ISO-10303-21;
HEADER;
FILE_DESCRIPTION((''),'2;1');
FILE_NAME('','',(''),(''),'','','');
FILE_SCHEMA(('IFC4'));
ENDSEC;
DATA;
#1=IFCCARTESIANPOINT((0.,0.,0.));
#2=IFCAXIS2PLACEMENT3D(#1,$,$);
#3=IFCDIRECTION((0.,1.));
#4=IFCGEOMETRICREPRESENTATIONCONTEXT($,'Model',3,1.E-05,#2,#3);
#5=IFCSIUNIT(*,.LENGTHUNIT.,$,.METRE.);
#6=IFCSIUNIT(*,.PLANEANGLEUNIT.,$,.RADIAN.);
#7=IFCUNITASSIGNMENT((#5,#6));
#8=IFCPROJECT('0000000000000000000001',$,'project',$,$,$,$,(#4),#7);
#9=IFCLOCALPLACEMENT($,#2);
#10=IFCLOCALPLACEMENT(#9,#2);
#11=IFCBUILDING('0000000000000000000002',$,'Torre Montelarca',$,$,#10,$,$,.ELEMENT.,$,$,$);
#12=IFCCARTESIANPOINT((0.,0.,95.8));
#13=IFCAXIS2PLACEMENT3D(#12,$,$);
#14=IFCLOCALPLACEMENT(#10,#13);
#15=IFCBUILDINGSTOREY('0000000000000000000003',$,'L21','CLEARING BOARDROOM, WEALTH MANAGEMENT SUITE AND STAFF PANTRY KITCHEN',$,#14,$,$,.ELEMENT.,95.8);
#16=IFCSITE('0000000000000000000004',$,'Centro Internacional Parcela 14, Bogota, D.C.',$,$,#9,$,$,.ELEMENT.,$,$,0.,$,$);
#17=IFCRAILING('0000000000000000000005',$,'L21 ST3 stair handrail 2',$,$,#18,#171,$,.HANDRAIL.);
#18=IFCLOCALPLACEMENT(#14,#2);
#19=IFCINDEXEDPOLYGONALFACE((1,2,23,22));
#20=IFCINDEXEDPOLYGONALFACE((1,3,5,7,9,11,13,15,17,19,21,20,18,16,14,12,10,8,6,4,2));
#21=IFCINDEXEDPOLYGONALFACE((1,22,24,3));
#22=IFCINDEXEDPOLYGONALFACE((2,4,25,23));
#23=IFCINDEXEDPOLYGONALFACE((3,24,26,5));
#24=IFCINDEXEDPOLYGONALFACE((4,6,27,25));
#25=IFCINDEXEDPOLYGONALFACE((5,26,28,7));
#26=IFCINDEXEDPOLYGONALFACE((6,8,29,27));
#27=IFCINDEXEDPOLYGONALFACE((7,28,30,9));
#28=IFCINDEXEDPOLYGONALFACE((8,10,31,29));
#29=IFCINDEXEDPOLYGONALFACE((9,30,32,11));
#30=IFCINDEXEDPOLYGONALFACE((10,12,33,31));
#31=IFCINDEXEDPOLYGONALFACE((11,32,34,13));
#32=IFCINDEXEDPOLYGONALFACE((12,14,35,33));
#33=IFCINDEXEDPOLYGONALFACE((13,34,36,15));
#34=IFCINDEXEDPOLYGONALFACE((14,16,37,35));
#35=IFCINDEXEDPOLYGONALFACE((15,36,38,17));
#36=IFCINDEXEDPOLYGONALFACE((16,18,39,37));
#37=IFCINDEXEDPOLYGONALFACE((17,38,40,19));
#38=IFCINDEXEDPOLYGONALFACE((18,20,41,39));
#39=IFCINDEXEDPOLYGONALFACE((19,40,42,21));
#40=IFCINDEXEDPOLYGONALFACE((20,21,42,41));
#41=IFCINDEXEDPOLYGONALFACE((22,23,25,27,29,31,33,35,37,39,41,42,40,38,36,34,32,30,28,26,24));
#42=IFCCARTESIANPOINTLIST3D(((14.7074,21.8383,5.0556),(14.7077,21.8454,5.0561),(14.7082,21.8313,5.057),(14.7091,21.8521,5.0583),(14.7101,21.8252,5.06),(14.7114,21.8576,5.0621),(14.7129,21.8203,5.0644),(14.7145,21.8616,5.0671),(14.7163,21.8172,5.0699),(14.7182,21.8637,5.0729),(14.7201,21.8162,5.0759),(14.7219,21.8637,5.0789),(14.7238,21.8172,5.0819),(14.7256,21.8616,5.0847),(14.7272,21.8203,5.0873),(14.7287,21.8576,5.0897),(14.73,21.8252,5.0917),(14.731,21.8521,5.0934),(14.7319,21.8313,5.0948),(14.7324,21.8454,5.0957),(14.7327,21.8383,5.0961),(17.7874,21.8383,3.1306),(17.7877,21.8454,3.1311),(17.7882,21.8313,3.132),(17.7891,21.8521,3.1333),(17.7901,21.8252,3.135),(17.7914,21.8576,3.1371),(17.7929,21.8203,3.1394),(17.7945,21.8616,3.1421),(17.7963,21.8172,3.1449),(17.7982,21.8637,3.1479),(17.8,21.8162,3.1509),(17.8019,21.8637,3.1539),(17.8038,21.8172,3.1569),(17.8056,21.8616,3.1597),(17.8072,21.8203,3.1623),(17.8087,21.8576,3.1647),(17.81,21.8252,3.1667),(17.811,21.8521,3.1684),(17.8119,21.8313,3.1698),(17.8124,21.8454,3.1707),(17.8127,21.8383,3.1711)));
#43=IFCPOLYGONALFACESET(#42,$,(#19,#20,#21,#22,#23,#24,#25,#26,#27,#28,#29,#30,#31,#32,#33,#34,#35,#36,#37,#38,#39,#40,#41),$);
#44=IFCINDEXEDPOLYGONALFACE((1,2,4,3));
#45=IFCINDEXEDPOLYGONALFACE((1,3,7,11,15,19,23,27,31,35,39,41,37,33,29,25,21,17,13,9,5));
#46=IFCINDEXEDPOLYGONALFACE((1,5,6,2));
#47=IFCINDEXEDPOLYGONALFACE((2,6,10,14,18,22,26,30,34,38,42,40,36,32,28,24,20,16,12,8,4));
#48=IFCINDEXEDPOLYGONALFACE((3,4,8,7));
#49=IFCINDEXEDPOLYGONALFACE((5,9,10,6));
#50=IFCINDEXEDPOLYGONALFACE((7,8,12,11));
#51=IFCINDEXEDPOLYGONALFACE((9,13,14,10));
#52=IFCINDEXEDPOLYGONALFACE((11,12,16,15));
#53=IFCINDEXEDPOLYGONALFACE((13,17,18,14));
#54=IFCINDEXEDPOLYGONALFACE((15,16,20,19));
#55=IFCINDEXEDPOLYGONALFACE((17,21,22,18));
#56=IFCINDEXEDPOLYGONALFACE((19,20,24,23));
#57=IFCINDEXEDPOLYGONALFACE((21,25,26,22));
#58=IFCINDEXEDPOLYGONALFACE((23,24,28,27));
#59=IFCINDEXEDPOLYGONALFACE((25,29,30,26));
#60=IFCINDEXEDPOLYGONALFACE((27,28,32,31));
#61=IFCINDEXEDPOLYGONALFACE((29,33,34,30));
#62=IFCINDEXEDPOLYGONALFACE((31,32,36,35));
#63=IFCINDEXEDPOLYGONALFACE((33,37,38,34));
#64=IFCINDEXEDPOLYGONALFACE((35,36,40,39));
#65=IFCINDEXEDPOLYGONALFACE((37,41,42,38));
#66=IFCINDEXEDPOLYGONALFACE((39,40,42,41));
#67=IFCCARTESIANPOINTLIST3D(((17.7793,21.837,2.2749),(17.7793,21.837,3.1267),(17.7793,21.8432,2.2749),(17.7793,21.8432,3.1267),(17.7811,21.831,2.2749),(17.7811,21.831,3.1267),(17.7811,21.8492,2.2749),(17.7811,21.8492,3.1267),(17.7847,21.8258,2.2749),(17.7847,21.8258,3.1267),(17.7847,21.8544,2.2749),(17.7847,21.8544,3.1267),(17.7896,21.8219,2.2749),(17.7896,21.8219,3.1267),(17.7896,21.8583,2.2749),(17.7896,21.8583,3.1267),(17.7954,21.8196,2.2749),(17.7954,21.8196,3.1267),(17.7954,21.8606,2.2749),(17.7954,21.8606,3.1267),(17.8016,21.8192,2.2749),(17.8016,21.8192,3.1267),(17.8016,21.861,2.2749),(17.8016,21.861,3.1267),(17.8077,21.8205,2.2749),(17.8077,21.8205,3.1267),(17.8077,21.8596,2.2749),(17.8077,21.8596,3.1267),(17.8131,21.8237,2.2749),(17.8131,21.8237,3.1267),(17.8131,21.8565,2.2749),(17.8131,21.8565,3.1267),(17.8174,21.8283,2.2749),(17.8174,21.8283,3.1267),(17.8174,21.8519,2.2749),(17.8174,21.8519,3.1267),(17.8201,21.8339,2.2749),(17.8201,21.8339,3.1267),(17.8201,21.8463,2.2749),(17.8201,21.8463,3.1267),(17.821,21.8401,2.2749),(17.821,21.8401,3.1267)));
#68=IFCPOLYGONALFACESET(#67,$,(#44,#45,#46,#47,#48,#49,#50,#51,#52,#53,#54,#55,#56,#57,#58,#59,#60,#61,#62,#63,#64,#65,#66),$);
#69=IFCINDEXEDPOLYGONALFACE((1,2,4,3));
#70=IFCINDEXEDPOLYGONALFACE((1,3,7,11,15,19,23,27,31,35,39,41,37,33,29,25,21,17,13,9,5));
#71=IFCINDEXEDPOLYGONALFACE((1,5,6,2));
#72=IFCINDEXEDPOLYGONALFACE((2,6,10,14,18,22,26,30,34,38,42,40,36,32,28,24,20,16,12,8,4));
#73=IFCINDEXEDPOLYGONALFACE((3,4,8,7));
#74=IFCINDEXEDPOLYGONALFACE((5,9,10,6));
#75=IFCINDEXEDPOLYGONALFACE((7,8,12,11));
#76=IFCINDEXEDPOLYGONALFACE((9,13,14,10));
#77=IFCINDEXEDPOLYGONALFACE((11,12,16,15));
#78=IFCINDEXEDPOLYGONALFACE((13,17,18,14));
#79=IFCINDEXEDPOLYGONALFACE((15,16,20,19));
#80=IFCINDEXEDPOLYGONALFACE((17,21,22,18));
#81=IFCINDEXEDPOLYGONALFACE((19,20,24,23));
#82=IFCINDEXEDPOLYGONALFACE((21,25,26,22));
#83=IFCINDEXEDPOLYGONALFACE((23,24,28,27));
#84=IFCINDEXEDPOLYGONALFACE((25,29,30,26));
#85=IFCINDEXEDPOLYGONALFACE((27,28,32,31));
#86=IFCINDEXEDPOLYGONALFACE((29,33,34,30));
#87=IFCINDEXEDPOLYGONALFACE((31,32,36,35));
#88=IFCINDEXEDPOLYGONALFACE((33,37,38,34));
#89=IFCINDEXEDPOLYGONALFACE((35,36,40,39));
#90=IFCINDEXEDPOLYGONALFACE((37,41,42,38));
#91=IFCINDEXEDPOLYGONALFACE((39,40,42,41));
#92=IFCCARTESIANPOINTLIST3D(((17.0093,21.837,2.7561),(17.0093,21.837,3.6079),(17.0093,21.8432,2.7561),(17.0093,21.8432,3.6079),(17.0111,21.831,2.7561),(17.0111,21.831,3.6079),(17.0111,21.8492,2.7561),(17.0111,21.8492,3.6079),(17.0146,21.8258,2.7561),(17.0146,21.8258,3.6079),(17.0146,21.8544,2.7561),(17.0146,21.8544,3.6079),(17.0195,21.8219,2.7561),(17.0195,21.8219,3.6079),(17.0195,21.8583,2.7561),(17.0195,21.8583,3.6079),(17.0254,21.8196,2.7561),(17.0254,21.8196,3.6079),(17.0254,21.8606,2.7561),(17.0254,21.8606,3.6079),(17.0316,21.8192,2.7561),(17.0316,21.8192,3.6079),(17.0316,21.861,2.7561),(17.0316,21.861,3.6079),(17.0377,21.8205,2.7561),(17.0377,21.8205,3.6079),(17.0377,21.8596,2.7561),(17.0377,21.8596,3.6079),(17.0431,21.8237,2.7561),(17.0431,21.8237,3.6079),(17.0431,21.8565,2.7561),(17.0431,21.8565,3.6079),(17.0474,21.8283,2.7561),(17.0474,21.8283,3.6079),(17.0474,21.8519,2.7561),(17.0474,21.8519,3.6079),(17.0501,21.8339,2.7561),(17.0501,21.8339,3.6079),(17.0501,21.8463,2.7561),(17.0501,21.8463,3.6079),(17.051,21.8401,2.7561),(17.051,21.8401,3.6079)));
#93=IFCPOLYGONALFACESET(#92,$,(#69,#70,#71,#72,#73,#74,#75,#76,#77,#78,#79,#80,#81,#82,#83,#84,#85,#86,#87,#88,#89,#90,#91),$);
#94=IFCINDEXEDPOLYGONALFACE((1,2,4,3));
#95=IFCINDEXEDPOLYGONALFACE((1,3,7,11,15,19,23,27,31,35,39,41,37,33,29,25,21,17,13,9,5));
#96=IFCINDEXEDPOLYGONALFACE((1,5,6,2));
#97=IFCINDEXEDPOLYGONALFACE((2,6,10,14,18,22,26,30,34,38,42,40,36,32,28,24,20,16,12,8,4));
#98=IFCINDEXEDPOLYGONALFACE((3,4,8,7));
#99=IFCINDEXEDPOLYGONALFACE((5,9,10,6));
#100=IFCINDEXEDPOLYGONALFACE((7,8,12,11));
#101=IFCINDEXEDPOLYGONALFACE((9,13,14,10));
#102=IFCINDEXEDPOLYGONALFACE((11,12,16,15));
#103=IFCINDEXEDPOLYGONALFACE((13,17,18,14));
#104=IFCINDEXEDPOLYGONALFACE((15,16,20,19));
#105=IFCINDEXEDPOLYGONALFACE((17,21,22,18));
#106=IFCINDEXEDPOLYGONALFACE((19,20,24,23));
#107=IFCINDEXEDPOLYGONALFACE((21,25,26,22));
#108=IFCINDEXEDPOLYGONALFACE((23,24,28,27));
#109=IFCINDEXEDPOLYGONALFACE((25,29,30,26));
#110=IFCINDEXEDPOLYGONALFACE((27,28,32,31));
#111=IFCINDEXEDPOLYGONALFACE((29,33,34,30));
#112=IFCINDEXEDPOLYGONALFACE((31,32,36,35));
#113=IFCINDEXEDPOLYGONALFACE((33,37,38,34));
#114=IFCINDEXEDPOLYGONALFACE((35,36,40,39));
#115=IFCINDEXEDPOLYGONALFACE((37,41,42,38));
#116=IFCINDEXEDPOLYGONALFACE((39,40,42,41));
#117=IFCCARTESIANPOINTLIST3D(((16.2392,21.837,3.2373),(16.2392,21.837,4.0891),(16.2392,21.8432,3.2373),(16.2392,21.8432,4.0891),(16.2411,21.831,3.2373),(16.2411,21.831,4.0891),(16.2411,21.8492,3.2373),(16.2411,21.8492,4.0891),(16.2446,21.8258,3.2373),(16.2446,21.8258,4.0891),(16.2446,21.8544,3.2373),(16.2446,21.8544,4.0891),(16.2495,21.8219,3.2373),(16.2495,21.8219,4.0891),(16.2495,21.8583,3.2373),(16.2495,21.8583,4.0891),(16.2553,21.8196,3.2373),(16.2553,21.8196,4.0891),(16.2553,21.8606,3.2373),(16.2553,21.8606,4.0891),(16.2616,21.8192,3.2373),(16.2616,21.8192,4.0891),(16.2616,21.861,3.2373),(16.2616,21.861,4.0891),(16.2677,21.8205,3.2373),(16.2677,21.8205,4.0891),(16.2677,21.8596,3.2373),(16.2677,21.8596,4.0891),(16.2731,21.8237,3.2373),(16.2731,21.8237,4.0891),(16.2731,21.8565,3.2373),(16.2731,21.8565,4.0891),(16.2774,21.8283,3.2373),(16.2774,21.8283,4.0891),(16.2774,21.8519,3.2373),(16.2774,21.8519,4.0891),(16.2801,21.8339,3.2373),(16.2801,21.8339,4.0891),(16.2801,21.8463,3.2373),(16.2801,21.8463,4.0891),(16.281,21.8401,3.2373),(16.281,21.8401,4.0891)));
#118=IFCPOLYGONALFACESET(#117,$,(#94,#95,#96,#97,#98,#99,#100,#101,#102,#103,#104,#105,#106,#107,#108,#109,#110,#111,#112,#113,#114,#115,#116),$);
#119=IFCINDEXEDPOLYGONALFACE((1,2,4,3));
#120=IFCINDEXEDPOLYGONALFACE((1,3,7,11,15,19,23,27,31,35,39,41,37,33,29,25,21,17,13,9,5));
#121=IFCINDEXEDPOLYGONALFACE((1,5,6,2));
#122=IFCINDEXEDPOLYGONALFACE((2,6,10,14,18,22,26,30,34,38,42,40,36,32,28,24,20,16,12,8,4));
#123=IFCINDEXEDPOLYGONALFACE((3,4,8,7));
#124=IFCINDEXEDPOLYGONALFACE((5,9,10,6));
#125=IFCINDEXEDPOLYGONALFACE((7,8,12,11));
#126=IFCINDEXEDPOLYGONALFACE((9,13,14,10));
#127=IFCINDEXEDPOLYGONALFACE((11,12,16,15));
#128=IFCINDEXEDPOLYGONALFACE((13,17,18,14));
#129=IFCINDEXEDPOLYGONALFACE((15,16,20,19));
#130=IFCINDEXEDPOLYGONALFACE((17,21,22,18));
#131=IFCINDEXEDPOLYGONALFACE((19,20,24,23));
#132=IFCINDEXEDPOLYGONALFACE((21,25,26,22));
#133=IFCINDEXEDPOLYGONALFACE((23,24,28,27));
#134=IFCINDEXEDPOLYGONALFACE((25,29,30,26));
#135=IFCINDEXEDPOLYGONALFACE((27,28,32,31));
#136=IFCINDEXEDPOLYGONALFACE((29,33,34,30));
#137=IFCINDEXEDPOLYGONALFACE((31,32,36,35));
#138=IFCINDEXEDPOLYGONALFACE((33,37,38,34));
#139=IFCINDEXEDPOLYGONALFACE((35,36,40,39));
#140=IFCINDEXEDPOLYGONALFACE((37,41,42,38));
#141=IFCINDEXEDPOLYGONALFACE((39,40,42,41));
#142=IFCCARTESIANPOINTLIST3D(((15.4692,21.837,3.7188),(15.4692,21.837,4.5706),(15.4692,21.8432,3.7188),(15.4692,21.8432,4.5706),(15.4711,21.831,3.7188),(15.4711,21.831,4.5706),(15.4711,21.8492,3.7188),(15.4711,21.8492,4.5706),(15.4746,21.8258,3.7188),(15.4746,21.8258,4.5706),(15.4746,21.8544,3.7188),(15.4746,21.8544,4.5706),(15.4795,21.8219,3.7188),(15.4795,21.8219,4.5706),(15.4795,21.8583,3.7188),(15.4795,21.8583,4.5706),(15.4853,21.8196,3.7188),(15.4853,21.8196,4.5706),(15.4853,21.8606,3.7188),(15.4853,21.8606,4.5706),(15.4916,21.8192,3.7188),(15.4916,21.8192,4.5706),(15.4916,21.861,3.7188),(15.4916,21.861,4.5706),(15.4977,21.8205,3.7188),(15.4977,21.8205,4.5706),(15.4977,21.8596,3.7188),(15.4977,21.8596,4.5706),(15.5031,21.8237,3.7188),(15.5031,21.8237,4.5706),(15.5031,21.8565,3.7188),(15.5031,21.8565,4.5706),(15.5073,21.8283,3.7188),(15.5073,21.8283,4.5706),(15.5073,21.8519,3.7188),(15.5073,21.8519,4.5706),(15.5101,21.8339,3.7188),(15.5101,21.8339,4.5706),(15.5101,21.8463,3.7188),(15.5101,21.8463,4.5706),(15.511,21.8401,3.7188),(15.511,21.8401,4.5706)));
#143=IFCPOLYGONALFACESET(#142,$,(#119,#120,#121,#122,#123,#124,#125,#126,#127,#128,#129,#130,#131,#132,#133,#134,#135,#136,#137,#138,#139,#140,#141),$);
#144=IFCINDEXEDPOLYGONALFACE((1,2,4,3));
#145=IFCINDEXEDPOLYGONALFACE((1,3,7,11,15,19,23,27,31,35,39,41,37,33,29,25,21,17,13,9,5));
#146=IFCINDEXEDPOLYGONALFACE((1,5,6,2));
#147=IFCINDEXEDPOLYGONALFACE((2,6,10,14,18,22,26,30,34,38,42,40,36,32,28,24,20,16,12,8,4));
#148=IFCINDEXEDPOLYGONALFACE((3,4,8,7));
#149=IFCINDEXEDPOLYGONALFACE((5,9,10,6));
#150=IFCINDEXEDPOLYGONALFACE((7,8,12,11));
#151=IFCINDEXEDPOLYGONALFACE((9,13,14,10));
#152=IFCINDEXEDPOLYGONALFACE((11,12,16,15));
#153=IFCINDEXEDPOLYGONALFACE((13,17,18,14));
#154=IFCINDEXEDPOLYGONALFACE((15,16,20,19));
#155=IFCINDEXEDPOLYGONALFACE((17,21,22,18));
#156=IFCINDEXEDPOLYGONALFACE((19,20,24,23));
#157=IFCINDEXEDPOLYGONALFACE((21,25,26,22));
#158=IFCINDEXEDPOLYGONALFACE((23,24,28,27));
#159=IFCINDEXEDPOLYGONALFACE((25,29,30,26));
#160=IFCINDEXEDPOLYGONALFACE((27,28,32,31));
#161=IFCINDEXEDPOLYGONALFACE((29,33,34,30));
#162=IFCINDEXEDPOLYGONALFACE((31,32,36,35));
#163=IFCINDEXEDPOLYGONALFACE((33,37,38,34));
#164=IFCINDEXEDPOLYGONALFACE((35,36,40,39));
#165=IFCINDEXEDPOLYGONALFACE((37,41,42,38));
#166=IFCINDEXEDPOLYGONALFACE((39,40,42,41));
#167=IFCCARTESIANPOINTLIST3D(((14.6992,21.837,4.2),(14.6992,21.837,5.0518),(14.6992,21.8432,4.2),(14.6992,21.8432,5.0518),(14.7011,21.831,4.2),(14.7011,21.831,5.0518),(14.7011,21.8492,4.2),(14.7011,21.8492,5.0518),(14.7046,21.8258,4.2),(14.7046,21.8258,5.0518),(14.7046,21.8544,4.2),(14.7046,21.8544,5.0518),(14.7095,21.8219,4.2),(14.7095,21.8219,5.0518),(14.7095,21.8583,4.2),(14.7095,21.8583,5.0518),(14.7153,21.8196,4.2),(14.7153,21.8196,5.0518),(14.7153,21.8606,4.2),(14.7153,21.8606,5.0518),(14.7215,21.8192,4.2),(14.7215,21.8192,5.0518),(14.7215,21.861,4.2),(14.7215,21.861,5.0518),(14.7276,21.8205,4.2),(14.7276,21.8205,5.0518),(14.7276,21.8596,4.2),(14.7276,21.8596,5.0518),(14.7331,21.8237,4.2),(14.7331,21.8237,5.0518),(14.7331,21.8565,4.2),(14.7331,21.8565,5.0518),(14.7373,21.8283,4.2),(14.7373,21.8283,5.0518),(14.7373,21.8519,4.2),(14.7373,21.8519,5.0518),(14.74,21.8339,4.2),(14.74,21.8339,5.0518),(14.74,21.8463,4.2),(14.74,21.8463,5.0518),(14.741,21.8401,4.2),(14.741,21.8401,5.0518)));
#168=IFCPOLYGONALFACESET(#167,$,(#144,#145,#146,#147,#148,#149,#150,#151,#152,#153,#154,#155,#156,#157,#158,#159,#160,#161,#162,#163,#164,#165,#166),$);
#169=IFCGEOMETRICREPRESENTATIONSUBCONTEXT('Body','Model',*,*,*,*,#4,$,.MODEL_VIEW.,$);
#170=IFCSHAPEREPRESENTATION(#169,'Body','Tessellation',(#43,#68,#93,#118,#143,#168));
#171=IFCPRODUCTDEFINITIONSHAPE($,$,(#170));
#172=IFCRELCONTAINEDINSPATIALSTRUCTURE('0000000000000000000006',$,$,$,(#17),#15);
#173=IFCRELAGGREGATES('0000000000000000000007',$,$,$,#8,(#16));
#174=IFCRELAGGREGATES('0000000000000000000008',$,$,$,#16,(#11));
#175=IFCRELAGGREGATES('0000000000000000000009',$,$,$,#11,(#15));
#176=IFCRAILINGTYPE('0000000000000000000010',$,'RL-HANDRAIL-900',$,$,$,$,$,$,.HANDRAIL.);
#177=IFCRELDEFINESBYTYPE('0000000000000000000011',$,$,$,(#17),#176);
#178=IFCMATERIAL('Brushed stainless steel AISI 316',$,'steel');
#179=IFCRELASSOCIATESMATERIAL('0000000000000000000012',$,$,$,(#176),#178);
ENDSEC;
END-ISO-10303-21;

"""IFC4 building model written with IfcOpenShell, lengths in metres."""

from ifc_helpers import new_model, si_unit, direction, frame, origin, origin_2d, place, context, subcontext, project, spatial, circle, extrude, material, type_object, element, save


model = new_model("IFC4")

# Units and contexts
model_context = context("Model", 3, precision=1e-05, world=origin(), true_north=direction((0.0, 1.0)))
body_context = subcontext(model_context, "Body", "Model", "MODEL_VIEW")
ifc_project = project(units=[si_unit("LENGTHUNIT", "METRE"), si_unit("PLANEANGLEUNIT", "RADIAN")], contexts=[model_context])

# Site, building, storey
site_placement = place(None, origin())
site = spatial("IfcSite", under=ifc_project, at=site_placement, Name="Centro Internacional Parcela 14, Bogota, D.C.", CompositionType="ELEMENT", RefElevation=0.0)
building_placement = place(site_placement, origin())
building = spatial("IfcBuilding", under=site, at=building_placement, Name="Torre Montelarca", CompositionType="ELEMENT")
storey_placement = place(building_placement, frame((0.0, 0.0, 95.8)))
storey = spatial("IfcBuildingStorey", under=building, at=storey_placement, Name="L21", Description="CLEARING BOARDROOM, WEALTH MANAGEMENT SUITE AND STAFF PANTRY KITCHEN", CompositionType="ELEMENT", Elevation=95.8)

# Shared definitions
ifc_material_1 = material(Name="Brushed stainless steel AISI 316", Category="steel")

# Railing
railing_type_1 = type_object("IfcRailingType", Name="RL-HANDRAIL-900", PredefinedType="HANDRAIL", material=ifc_material_1)
railing_1_placement = place(storey_placement, frame((17.8, 21.8401, 2.2749)))
element("IfcRailing", 1, at=railing_1_placement, inside=storey, type_object=railing_type_1, Name="L21 ST3 stair handrail 2", PredefinedType="HANDRAIL", context=body_context, shape_type="SweptSolid", body=[
    extrude(circle(Radius=0.0239, at=origin_2d()), frame((0.0, 0.0, 0.876), z_axis=(-0.847998, 0.0, 0.529999), x_axis=(0.0, -1.0, 0.0)), (0.0, 0.0, 1.0), 3.6321),
    extrude(circle(Radius=0.021, at=origin_2d()), origin(), (0.0, 0.0, 1.0), 0.8518),
    extrude(circle(Radius=0.021, at=origin_2d()), frame((-0.77, 0.0, 0.4812)), (0.0, 0.0, 1.0), 0.8518),
    extrude(circle(Radius=0.021, at=origin_2d()), frame((-1.54, 0.0, 0.9624)), (0.0, 0.0, 1.0), 0.8518),
    extrude(circle(Radius=0.021, at=origin_2d()), frame((-2.3101, 0.0, 1.4438)), (0.0, 0.0, 1.0), 0.8518),
    extrude(circle(Radius=0.021, at=origin_2d()), frame((-3.0801, 0.0, 1.925)), (0.0, 0.0, 1.0), 0.8518),
])

save(model, "model.ifc")
